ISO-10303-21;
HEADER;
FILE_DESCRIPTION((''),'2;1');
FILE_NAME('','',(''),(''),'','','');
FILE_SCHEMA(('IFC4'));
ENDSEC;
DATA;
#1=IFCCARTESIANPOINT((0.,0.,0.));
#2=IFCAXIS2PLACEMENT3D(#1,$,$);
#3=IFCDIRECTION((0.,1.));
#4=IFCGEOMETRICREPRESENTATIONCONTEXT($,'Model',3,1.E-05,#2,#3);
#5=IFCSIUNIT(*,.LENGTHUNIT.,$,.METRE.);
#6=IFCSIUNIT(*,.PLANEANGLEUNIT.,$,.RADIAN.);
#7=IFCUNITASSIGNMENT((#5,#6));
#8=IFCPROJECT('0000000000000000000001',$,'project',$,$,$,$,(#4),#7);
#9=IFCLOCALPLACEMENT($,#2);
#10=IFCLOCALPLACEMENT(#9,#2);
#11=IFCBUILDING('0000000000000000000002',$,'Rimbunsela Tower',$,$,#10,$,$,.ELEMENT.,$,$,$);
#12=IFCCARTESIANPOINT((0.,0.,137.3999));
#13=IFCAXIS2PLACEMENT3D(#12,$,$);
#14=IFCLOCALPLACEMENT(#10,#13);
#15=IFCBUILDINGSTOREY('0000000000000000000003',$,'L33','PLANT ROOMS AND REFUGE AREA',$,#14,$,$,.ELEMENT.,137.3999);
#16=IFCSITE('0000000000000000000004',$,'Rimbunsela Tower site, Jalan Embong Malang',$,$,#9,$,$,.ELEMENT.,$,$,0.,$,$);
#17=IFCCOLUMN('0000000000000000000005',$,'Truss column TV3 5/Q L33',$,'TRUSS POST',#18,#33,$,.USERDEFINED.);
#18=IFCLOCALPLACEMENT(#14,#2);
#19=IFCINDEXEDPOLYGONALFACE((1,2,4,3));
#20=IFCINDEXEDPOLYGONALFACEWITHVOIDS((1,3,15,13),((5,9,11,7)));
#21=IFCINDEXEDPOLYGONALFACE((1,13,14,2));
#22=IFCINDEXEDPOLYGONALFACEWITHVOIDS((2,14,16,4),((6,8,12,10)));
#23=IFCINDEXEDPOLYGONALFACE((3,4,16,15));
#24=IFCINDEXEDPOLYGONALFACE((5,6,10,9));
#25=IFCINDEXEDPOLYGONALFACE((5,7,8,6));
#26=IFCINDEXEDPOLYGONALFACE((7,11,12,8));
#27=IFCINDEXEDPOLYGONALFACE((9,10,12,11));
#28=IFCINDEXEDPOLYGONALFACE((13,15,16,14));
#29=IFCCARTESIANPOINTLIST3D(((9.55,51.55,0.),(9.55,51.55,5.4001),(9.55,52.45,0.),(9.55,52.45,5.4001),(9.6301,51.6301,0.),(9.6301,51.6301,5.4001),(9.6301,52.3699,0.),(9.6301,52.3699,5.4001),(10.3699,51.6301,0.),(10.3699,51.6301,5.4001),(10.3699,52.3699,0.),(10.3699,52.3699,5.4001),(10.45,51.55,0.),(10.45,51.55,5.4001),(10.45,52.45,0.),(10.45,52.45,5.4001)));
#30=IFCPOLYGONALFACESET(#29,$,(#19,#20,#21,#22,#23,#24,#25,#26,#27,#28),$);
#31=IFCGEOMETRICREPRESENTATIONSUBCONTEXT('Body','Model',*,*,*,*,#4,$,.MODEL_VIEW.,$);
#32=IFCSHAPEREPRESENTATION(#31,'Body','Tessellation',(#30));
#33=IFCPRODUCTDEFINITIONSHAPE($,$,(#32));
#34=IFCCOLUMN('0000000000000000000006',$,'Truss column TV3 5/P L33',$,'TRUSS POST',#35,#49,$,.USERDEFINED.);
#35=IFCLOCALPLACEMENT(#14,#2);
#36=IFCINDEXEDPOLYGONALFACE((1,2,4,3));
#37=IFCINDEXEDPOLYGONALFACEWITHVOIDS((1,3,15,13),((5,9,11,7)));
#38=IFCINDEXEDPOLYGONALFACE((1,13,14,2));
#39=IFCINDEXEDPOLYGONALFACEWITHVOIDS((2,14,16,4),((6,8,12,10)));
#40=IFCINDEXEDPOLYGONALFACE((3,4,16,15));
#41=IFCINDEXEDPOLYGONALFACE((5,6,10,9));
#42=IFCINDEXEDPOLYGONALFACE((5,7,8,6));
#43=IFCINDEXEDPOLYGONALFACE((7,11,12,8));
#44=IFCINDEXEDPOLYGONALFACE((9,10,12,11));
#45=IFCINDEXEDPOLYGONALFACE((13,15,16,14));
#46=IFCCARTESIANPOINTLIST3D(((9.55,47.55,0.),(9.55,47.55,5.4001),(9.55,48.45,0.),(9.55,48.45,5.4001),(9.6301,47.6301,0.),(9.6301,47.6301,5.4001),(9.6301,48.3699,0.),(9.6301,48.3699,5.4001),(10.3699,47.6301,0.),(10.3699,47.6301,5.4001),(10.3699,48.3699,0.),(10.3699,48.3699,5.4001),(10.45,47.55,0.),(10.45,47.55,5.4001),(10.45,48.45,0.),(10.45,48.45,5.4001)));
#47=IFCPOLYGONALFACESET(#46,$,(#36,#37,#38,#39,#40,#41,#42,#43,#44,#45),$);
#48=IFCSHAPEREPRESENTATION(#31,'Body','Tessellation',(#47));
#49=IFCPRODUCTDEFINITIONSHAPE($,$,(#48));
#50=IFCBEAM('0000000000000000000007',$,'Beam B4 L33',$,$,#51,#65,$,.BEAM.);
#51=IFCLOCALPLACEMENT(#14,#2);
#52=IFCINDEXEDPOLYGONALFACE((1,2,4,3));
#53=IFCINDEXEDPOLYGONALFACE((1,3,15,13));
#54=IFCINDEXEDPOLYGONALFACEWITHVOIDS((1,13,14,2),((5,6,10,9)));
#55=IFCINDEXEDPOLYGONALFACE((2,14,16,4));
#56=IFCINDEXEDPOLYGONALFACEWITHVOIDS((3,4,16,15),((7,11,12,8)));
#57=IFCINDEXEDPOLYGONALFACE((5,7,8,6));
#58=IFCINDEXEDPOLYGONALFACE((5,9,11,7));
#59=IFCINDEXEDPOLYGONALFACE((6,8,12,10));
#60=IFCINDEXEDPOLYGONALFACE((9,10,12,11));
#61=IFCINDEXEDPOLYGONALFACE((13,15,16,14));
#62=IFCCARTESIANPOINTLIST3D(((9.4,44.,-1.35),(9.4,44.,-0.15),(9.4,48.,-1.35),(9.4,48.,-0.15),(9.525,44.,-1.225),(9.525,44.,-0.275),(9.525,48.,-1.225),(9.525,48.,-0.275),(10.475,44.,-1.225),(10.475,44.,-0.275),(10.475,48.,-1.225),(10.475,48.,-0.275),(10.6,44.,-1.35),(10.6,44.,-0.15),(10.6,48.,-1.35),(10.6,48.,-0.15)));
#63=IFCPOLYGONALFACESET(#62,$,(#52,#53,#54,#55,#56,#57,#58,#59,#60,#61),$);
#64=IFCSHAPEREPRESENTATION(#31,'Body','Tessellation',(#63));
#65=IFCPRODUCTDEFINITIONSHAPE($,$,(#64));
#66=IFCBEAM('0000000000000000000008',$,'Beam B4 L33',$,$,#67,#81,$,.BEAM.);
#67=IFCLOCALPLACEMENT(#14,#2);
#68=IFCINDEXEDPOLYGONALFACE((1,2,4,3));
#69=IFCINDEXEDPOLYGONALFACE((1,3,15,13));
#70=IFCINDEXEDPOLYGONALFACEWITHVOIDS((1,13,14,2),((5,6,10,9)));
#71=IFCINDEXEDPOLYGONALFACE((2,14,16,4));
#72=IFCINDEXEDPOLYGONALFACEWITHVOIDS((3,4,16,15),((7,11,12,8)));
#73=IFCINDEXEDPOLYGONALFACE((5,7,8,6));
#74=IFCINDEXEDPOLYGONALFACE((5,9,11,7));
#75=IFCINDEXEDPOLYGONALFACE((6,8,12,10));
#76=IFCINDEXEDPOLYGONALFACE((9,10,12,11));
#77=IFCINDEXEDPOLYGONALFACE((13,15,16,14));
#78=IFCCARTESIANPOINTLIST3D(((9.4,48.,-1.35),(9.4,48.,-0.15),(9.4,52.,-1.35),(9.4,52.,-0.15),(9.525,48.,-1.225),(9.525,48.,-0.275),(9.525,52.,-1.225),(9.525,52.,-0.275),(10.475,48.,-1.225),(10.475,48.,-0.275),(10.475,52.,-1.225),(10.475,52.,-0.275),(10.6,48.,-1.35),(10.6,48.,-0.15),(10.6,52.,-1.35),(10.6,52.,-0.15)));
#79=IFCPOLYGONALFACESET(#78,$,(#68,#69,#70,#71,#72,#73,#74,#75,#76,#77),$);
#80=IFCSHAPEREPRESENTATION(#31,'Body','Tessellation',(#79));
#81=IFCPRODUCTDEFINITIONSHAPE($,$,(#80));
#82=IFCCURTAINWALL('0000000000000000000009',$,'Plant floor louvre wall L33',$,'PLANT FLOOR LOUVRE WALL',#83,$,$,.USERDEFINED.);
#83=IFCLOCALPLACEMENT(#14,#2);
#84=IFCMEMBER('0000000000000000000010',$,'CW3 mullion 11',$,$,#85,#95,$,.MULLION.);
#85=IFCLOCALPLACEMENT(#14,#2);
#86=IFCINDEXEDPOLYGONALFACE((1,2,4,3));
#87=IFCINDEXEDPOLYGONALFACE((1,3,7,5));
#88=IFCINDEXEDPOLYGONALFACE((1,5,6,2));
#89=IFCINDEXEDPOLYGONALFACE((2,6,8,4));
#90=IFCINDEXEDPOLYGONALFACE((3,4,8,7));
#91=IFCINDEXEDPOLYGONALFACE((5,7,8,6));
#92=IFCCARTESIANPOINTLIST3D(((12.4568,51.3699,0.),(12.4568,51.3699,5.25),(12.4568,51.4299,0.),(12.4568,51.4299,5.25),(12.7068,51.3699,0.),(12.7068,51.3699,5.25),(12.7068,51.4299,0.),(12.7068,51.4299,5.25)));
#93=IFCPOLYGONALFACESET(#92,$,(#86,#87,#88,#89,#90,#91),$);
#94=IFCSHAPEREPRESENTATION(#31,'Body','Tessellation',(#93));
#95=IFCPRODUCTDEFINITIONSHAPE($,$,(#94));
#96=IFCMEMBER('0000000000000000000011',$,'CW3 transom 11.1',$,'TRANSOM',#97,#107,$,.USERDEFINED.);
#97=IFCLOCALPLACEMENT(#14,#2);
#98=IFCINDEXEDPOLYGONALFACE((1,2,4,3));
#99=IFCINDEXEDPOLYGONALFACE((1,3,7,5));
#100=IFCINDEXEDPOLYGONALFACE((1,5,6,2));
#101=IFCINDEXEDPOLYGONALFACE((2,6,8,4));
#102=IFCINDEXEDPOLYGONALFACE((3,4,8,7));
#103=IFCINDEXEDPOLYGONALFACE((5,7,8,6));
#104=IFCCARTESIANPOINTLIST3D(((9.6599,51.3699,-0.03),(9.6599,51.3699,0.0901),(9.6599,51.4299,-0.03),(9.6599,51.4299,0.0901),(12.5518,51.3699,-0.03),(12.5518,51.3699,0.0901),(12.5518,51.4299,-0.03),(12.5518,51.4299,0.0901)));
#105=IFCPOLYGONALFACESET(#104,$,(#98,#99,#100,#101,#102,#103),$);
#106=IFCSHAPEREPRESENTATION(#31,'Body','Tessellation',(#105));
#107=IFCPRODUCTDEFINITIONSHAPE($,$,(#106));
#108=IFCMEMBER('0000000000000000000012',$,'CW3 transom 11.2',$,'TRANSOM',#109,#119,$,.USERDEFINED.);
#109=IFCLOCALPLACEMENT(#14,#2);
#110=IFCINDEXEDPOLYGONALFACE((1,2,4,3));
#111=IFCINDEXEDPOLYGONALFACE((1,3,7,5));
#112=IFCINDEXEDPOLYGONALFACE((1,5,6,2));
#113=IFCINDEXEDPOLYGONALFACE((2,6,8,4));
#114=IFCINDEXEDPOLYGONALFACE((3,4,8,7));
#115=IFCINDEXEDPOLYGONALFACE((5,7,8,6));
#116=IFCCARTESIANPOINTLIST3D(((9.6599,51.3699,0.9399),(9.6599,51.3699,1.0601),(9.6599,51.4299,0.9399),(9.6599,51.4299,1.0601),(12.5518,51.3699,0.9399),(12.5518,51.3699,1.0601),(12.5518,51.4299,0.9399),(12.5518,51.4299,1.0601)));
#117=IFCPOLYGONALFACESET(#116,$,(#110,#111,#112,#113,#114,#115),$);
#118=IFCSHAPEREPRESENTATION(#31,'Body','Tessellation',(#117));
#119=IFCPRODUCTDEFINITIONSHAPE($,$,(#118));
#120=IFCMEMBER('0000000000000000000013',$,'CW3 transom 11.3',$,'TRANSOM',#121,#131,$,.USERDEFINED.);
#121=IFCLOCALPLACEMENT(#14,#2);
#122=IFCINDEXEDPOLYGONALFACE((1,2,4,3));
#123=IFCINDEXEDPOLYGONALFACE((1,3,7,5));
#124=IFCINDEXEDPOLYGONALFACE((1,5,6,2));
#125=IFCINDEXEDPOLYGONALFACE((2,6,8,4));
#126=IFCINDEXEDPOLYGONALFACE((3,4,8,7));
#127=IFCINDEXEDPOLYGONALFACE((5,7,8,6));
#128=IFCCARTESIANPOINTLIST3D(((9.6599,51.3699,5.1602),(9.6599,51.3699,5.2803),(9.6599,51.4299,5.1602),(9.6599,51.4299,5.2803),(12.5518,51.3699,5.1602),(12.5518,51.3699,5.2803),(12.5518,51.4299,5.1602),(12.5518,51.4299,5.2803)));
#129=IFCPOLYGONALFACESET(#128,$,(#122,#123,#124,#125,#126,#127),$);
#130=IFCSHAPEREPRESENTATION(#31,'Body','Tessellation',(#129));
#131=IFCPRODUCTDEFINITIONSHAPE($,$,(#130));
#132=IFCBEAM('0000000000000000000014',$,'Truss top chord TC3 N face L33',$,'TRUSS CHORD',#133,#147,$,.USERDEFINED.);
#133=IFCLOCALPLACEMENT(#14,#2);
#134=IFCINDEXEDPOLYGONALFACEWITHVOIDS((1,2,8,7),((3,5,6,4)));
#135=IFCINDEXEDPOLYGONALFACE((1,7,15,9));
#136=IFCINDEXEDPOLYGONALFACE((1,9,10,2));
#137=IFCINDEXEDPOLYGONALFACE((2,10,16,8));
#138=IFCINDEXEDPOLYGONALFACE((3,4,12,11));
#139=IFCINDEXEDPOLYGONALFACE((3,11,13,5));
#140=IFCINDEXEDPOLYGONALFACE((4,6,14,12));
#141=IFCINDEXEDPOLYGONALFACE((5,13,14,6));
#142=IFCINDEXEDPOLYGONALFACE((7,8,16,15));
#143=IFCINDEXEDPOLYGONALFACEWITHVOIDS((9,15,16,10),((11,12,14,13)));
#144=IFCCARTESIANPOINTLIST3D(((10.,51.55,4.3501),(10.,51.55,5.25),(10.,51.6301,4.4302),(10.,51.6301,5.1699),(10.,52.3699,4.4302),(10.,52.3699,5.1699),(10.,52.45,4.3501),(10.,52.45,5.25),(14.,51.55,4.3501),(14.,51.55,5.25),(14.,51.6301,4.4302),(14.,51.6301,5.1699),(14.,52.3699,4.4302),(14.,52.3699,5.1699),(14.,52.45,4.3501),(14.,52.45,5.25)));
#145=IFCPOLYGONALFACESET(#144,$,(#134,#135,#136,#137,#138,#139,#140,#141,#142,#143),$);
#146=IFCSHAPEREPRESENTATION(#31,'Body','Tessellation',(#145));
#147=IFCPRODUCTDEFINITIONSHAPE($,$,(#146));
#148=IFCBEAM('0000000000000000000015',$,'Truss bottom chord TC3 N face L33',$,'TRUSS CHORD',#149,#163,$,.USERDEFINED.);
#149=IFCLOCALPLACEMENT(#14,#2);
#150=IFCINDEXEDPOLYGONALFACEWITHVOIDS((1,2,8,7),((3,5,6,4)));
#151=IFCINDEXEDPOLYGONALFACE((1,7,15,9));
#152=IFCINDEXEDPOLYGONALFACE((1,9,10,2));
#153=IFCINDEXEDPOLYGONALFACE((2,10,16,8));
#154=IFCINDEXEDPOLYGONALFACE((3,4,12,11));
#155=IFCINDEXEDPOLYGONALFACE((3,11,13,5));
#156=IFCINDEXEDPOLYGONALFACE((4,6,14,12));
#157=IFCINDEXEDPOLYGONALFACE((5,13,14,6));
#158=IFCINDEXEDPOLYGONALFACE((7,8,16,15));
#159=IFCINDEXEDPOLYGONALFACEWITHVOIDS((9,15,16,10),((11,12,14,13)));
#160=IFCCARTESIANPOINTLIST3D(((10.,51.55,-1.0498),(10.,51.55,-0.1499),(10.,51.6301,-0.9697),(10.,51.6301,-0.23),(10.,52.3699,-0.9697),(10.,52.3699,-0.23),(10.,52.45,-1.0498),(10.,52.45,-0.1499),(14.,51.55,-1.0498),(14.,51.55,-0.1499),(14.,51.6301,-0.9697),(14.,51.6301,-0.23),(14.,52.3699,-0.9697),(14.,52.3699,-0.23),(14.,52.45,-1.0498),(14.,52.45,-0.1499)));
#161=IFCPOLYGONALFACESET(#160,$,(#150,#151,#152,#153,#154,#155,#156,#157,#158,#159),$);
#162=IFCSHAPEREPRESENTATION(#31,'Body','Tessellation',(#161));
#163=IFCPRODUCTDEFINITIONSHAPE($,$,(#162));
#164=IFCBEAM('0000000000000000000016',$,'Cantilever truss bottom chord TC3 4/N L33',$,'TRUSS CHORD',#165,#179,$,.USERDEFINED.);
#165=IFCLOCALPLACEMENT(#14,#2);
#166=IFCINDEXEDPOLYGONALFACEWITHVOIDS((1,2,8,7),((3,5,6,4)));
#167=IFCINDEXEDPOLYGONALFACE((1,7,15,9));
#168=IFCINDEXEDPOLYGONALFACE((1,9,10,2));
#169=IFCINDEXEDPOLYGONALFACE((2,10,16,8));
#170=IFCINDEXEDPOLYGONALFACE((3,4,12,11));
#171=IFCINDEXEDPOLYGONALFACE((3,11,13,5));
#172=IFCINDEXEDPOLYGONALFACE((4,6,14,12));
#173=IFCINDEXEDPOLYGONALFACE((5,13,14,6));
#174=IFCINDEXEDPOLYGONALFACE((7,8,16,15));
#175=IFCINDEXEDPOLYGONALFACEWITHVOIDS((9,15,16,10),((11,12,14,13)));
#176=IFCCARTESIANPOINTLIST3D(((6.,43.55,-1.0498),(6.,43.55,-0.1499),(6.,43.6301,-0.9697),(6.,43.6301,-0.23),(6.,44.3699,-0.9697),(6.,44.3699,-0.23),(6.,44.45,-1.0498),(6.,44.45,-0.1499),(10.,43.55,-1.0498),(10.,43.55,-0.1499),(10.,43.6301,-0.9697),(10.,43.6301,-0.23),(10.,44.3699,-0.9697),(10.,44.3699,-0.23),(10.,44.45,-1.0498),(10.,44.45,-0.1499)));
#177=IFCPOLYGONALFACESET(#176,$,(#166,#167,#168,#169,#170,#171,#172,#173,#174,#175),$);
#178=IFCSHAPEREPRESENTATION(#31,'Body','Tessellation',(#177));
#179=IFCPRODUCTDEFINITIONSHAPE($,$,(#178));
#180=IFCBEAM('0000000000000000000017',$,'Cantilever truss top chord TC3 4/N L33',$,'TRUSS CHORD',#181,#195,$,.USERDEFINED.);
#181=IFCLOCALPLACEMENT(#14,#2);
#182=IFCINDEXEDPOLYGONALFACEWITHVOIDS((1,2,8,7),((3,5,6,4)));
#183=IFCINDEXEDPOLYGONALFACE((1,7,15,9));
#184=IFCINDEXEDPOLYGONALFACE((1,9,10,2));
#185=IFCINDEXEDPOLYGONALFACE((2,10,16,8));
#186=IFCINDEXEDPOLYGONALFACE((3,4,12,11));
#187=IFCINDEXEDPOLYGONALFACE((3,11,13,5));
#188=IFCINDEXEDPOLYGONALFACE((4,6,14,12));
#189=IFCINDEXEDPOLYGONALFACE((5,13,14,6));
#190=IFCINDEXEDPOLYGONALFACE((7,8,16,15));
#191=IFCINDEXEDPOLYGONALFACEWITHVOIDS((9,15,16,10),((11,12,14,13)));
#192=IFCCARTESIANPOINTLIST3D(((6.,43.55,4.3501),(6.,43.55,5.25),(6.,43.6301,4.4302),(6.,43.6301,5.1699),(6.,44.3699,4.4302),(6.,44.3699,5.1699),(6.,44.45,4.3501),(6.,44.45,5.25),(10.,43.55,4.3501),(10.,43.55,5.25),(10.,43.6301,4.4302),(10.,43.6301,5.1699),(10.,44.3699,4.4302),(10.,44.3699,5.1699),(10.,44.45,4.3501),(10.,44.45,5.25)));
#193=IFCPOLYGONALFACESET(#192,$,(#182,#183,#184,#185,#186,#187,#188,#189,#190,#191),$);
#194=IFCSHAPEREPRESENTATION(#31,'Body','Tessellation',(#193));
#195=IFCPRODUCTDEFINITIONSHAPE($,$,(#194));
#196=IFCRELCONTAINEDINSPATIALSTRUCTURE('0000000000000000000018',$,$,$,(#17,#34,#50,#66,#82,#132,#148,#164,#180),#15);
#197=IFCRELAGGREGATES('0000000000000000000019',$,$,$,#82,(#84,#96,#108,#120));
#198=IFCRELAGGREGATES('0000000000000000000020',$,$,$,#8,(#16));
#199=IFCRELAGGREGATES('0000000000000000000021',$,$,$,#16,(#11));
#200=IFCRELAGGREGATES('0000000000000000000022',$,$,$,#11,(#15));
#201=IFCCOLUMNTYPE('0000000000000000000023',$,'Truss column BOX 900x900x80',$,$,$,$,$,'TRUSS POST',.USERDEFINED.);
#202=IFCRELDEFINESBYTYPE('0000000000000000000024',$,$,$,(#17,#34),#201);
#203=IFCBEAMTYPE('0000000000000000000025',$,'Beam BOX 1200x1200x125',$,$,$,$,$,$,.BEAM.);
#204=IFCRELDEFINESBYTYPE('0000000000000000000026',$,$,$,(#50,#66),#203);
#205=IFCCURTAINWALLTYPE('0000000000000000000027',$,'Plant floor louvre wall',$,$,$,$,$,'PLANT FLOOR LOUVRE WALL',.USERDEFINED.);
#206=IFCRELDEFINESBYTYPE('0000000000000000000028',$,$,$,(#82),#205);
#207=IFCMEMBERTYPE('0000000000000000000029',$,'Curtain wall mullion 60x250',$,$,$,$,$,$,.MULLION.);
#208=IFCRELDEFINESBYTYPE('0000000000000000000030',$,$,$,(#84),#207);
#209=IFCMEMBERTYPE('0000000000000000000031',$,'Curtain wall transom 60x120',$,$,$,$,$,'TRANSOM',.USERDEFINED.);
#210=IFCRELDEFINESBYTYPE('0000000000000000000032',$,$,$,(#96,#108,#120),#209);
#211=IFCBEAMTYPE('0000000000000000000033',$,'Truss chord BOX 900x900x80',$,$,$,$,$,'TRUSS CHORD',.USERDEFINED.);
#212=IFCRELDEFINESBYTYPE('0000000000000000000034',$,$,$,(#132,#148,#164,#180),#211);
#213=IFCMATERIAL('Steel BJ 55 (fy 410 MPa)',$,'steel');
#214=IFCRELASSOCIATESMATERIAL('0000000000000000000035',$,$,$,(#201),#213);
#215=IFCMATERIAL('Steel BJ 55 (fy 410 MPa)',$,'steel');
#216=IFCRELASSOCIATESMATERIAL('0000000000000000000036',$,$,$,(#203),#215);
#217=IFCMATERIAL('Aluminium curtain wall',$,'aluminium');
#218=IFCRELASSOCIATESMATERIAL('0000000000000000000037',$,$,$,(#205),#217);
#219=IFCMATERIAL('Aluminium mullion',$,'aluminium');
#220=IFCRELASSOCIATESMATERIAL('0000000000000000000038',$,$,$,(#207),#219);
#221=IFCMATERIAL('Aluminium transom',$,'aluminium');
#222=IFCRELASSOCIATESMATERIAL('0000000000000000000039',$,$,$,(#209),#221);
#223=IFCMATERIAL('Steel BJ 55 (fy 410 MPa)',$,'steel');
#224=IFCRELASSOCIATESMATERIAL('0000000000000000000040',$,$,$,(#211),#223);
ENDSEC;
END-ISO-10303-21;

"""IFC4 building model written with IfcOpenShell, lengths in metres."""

from ifc_helpers import new_model, si_unit, direction, frame, origin, origin_2d, place, context, subcontext, project, spatial, rectangle, hollow_rectangle, extrude, material, material_profile, profile_set, type_object, element, aggregate, save


model = new_model("IFC4")

# Units and contexts
model_context = context("Model", 3, precision=1e-05, world=origin(), true_north=direction((0.0, 1.0)))
body_context = subcontext(model_context, "Body", "Model", "MODEL_VIEW")
ifc_project = project(units=[si_unit("LENGTHUNIT", "METRE"), si_unit("PLANEANGLEUNIT", "RADIAN")], contexts=[model_context])

# Site, building, storey
site_placement = place(None, origin())
site = spatial("IfcSite", under=ifc_project, at=site_placement, Name="Rimbunsela Tower site, Jalan Embong Malang", CompositionType="ELEMENT", RefElevation=0.0)
building_placement = place(site_placement, origin())
building = spatial("IfcBuilding", under=site, at=building_placement, Name="Rimbunsela Tower", CompositionType="ELEMENT")
storey_placement = place(building_placement, frame((0.0, 0.0, 137.3999)))
storey = spatial("IfcBuildingStorey", under=building, at=storey_placement, Name="L33", Description="PLANT ROOMS AND REFUGE AREA", CompositionType="ELEMENT", Elevation=137.3999)

# Columns
ifc_material_1 = material(Name="Steel BJ 55 (fy 410 MPa)", Category="steel")
ifc_material_profile_1 = material_profile(ifc_material_1, hollow_rectangle(XDim=0.8999, YDim=0.8999, WallThickness=0.0801, at=origin_2d()), Name="BOX 900x900x80")
ifc_profile_set_1 = profile_set([ifc_material_profile_1], Name="Steel BJ 55 (fy 410 MPa)")
column_type = type_object("IfcColumnType", Name="Truss column BOX 900x900x80", ElementType="TRUSS POST", PredefinedType="USERDEFINED", material=ifc_profile_set_1)
for number, where, z_axis, x_axis, name in (
    (1, (10.0, 52.0, 0.0), (0.0, 0.0, 1.0), (1.0, 0.0, 0.0), "Truss column TV3 5/Q L33"),
    (2, (10.0, 48.0, 0.0), (0.0, 0.0, 1.0), (1.0, 0.0, 0.0), "Truss column TV3 5/P L33"),
):
    element("IfcColumn", number, at=place(storey_placement, frame(where, z_axis=z_axis, x_axis=x_axis)), inside=storey, type_object=column_type, Name=name, ObjectType="TRUSS POST", PredefinedType="USERDEFINED", context=body_context, shape_type="SweptSolid", body=[
        extrude(hollow_rectangle(XDim=0.8999, YDim=0.8999, WallThickness=0.0801, at=origin_2d()), origin(), (0.0, 0.0, 1.0), 5.4001),
    ])

# Beams
ifc_material_2 = material(Name="Steel BJ 55 (fy 410 MPa)", Category="steel")
ifc_material_profile_2 = material_profile(ifc_material_2, hollow_rectangle(XDim=1.2, YDim=1.2, WallThickness=0.125, at=origin_2d()), Name="BOX 1200x1200x125")
ifc_profile_set_2 = profile_set([ifc_material_profile_2], Name="Steel BJ 55 (fy 410 MPa)")
beam_type_1 = type_object("IfcBeamType", Name="Beam BOX 1200x1200x125", PredefinedType="BEAM", material=ifc_profile_set_2)
for number, where, z_axis, x_axis, name in (
    (3, (10.0, 44.0, -0.75), (0.0, 1.0, 0.0), (-1.0, 0.0, 0.0), "Beam B4 L33"),
    (4, (10.0, 48.0, -0.75), (0.0, 1.0, 0.0), (-1.0, 0.0, 0.0), "Beam B4 L33"),
):
    element("IfcBeam", number, at=place(storey_placement, frame(where, z_axis=z_axis, x_axis=x_axis)), inside=storey, type_object=beam_type_1, Name=name, PredefinedType="BEAM", context=body_context, shape_type="SweptSolid", body=[
        extrude(hollow_rectangle(XDim=1.2, YDim=1.2, WallThickness=0.125, at=origin_2d()), origin(), (0.0, 0.0, 1.0), 4.0),
    ])

# Curtain wall, members
ifc_material_3 = material(Name="Aluminium curtain wall", Category="aluminium")
curtain_wall_type = type_object("IfcCurtainWallType", Name="Plant floor louvre wall", ElementType="PLANT FLOOR LOUVRE WALL", PredefinedType="USERDEFINED", material=ifc_material_3)
curtain_wall_placement = place(storey_placement, origin())
curtain_wall = element("IfcCurtainWall", 5, at=curtain_wall_placement, inside=storey, type_object=curtain_wall_type, Name="Plant floor louvre wall L33", ObjectType="PLANT FLOOR LOUVRE WALL", PredefinedType="USERDEFINED")
ifc_material_4 = material(Name="Aluminium mullion", Category="aluminium")
ifc_material_profile_3 = material_profile(ifc_material_4, rectangle(XDim=0.0601, YDim=0.25, at=origin_2d()), Name="Mullion 60x250")
ifc_profile_set_3 = profile_set([ifc_material_profile_3], Name="Aluminium mullion")
member_type_1 = type_object("IfcMemberType", Name="Curtain wall mullion 60x250", PredefinedType="MULLION", material=ifc_profile_set_3)
member_1_placement = place(storey_placement, frame((12.5818, 51.3999, 0.0), z_axis=(0.0, 0.0, 1.0), x_axis=(0.0, -1.0, 0.0)))
member_1 = element("IfcMember", 6, at=member_1_placement, type_object=member_type_1, Name="CW3 mullion 11", PredefinedType="MULLION", context=body_context, shape_type="SweptSolid", body=[
    extrude(rectangle(XDim=0.0601, YDim=0.25, at=origin_2d()), origin(), (0.0, 0.0, 1.0), 5.25),
])
ifc_material_5 = material(Name="Aluminium transom", Category="aluminium")
ifc_material_profile_4 = material_profile(ifc_material_5, rectangle(XDim=0.0601, YDim=0.1201, at=origin_2d()), Name="Transom 60x120")
ifc_profile_set_4 = profile_set([ifc_material_profile_4], Name="Aluminium transom")
member_type_2 = type_object("IfcMemberType", Name="Curtain wall transom 60x120", ElementType="TRANSOM", PredefinedType="USERDEFINED", material=ifc_profile_set_4)
member_2_placement = place(storey_placement, frame((12.5518, 51.3999, 0.03), z_axis=(-1.0, 0.0, 0.0), x_axis=(0.0, -1.0, 0.0)))
member_2 = element("IfcMember", 7, at=member_2_placement, type_object=member_type_2, Name="CW3 transom 11.1", ObjectType="TRANSOM", PredefinedType="USERDEFINED", context=body_context, shape_type="SweptSolid", body=[
    extrude(rectangle(XDim=0.0601, YDim=0.1201, at=origin_2d()), origin(), (0.0, 0.0, 1.0), 2.8918),
])
member_3_placement = place(storey_placement, frame((12.5518, 51.3999, 1.0), z_axis=(-1.0, 0.0, 0.0), x_axis=(0.0, -1.0, 0.0)))
member_3 = element("IfcMember", 8, at=member_3_placement, type_object=member_type_2, Name="CW3 transom 11.2", ObjectType="TRANSOM", PredefinedType="USERDEFINED", context=body_context, shape_type="SweptSolid", body=[
    extrude(rectangle(XDim=0.0601, YDim=0.1201, at=origin_2d()), origin(), (0.0, 0.0, 1.0), 2.8918),
])
member_4_placement = place(storey_placement, frame((12.5518, 51.3999, 5.2202), z_axis=(-1.0, 0.0, 0.0), x_axis=(0.0, -1.0, 0.0)))
member_4 = element("IfcMember", 9, at=member_4_placement, type_object=member_type_2, Name="CW3 transom 11.3", ObjectType="TRANSOM", PredefinedType="USERDEFINED", context=body_context, shape_type="SweptSolid", body=[
    extrude(rectangle(XDim=0.0601, YDim=0.1201, at=origin_2d()), origin(), (0.0, 0.0, 1.0), 2.8918),
])

# Beams
ifc_material_6 = material(Name="Steel BJ 55 (fy 410 MPa)", Category="steel")
ifc_material_profile_5 = material_profile(ifc_material_6, hollow_rectangle(XDim=0.8999, YDim=0.8999, WallThickness=0.0801, at=origin_2d()), Name="BOX 900x900x80")
ifc_profile_set_5 = profile_set([ifc_material_profile_5], Name="Steel BJ 55 (fy 410 MPa)")
beam_type_2 = type_object("IfcBeamType", Name="Truss chord BOX 900x900x80", ElementType="TRUSS CHORD", PredefinedType="USERDEFINED", material=ifc_profile_set_5)
for number, where, z_axis, x_axis, name in (
    (10, (10.0, 52.0, 4.8), (1.0, 0.0, 0.0), (0.0, 1.0, 0.0), "Truss top chord TC3 N face L33"),
    (11, (10.0, 52.0, -0.5999), (1.0, 0.0, 0.0), (0.0, 1.0, 0.0), "Truss bottom chord TC3 N face L33"),
    (12, (10.0, 44.0, -0.5999), (-1.0, 0.0, 0.0), (0.0, -1.0, 0.0), "Cantilever truss bottom chord TC3 4/N L33"),
    (13, (10.0, 44.0, 4.8), (-1.0, 0.0, 0.0), (0.0, -1.0, 0.0), "Cantilever truss top chord TC3 4/N L33"),
):
    element("IfcBeam", number, at=place(storey_placement, frame(where, z_axis=z_axis, x_axis=x_axis)), inside=storey, type_object=beam_type_2, Name=name, ObjectType="TRUSS CHORD", PredefinedType="USERDEFINED", context=body_context, shape_type="SweptSolid", body=[
        extrude(hollow_rectangle(XDim=0.8999, YDim=0.8999, WallThickness=0.0801, at=origin_2d()), origin(), (0.0, 0.0, 1.0), 4.0),
    ])

aggregate(curtain_wall, [member_1, member_2, member_3, member_4])

save(model, "model.ifc")
